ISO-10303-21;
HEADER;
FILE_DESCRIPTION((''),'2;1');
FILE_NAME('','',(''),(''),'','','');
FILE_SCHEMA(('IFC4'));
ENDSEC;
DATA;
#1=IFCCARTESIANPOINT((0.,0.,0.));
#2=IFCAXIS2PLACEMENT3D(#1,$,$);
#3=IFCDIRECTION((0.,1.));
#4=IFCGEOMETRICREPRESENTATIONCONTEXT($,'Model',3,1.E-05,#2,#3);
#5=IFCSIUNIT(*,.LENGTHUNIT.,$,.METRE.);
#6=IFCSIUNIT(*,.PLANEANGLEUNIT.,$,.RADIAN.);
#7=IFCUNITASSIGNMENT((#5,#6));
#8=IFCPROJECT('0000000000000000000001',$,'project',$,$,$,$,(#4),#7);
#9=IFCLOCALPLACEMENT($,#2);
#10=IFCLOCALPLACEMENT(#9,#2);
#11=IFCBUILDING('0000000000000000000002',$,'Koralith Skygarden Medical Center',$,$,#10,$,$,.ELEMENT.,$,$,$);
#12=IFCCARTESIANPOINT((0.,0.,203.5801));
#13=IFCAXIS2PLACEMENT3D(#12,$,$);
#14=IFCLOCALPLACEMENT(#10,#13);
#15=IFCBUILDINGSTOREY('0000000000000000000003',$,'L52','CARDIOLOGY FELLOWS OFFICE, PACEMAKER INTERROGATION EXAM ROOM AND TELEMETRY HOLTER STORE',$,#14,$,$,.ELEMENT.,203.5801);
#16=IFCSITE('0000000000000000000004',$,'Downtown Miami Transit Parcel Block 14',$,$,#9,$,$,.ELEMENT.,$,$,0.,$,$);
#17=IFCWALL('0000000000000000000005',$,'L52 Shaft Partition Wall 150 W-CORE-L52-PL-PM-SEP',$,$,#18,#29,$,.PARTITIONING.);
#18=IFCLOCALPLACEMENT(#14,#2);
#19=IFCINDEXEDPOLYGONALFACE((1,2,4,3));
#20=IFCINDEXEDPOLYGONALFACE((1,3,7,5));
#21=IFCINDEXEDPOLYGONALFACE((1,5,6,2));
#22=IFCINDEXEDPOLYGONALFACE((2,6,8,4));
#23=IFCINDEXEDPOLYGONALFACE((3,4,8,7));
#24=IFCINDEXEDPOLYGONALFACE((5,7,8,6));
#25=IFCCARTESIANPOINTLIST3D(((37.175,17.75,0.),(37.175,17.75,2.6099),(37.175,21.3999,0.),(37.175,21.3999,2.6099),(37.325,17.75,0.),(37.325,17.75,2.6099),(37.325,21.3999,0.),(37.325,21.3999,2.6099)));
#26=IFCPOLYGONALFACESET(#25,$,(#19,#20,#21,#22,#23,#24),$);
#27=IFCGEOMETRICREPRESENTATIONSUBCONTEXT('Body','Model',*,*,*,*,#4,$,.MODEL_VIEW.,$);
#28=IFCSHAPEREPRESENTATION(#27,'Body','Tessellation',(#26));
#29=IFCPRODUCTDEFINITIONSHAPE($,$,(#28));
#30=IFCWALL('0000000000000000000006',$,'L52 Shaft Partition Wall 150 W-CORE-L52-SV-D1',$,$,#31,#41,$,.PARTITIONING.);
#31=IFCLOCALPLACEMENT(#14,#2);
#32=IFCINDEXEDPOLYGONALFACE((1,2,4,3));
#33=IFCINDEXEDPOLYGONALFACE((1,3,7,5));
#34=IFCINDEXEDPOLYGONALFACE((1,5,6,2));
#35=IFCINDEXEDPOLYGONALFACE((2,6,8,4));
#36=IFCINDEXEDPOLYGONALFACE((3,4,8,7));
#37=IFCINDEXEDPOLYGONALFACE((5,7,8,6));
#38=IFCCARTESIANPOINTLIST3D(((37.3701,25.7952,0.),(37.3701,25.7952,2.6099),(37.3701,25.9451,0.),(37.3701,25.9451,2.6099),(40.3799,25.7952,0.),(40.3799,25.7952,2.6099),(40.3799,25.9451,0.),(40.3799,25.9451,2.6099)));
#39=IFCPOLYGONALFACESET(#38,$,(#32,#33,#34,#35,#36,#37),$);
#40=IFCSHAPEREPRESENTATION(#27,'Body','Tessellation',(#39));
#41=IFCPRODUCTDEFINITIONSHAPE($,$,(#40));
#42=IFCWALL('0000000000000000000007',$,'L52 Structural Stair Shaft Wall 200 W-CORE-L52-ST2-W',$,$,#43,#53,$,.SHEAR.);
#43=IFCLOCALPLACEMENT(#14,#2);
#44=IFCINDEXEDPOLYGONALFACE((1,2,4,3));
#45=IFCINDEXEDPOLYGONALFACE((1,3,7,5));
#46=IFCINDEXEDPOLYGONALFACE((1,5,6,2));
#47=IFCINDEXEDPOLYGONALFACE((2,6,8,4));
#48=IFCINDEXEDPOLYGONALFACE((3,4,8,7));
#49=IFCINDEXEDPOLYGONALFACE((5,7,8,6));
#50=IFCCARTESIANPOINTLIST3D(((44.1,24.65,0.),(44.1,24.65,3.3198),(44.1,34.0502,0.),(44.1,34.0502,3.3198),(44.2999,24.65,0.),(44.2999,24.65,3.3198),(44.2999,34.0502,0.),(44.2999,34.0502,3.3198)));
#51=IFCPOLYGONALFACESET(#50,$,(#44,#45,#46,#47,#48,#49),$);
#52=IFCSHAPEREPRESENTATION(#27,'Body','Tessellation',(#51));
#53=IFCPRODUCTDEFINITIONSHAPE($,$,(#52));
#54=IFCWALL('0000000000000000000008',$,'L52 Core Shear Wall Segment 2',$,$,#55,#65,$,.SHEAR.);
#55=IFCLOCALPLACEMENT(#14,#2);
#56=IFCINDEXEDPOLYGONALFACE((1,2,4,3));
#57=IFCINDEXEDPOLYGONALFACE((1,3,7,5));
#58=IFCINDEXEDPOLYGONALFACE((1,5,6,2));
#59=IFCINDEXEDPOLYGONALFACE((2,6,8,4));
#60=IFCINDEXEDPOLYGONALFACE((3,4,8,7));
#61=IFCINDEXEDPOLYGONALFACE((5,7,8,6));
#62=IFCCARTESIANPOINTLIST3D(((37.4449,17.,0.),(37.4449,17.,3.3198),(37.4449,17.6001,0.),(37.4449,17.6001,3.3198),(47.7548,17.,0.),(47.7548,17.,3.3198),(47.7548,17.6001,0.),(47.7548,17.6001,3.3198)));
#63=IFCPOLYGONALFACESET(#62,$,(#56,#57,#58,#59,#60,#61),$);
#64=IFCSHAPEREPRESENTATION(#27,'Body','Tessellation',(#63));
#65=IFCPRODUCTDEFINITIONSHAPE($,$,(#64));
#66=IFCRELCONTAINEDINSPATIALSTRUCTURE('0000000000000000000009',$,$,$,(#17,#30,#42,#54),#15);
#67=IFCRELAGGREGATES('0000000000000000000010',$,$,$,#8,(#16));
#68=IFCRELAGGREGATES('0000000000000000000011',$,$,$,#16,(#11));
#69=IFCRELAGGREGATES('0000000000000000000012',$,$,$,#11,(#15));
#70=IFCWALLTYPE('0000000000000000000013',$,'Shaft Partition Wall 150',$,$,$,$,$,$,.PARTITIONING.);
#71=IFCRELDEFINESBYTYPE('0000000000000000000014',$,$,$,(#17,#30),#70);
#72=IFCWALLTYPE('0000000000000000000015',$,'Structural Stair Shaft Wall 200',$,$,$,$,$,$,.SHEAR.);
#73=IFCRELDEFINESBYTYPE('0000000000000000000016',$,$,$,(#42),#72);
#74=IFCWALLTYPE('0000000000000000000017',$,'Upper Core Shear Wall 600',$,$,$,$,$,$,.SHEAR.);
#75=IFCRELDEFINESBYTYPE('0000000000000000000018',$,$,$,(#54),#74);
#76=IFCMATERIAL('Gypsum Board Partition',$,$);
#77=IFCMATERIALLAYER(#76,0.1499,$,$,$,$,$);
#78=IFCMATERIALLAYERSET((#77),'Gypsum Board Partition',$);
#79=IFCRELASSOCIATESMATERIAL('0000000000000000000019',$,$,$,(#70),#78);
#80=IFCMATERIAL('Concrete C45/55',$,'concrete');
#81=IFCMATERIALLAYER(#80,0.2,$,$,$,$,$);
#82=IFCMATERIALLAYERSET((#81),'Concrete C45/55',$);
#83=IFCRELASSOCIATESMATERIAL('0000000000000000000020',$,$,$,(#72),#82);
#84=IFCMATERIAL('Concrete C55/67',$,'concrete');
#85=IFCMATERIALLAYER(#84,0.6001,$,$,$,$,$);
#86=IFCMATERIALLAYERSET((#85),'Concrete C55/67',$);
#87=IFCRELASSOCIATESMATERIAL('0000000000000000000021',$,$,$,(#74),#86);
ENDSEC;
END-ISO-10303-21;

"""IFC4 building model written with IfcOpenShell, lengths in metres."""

from ifc_helpers import new_model, si_unit, direction, frame, frame_2d, origin, place, context, subcontext, project, spatial, rectangle, extrude, material, layer, layer_set, type_object, element, save


model = new_model("IFC4")

# Units and contexts
model_context = context("Model", 3, precision=1e-05, world=origin(), true_north=direction((0.0, 1.0)))
body_context = subcontext(model_context, "Body", "Model", "MODEL_VIEW")
ifc_project = project(units=[si_unit("LENGTHUNIT", "METRE"), si_unit("PLANEANGLEUNIT", "RADIAN")], contexts=[model_context])

# Site, building, storey
site_placement = place(None, origin())
site = spatial("IfcSite", under=ifc_project, at=site_placement, Name="Downtown Miami Transit Parcel Block 14", CompositionType="ELEMENT", RefElevation=0.0)
building_placement = place(site_placement, origin())
building = spatial("IfcBuilding", under=site, at=building_placement, Name="Koralith Skygarden Medical Center", CompositionType="ELEMENT")
storey_placement = place(building_placement, frame((0.0, 0.0, 203.5801)))
storey = spatial("IfcBuildingStorey", under=building, at=storey_placement, Name="L52", Description="CARDIOLOGY FELLOWS OFFICE, PACEMAKER INTERROGATION EXAM ROOM AND TELEMETRY HOLTER STORE", CompositionType="ELEMENT", Elevation=203.5801)

# Shared definitions
ifc_material_1 = material(Name="Concrete C55/67", Category="concrete")

# Shared definitions
ifc_material_2 = material(Name="Concrete C45/55", Category="concrete")

# Shared definitions
ifc_material_3 = material(Name="Gypsum Board Partition")

# Walls
ifc_layer_1 = layer(ifc_material_3, 0.1499)
ifc_layer_set_1 = layer_set([ifc_layer_1], Name="Gypsum Board Partition")
wall_type_1 = type_object("IfcWallType", Name="Shaft Partition Wall 150", PredefinedType="PARTITIONING", material=ifc_layer_set_1)
wall_1_placement = place(storey_placement, frame((37.25, 17.75, 0.0), z_axis=(0.0, 0.0, 1.0), x_axis=(0.0, 1.0, 0.0)))
element("IfcWall", 1, at=wall_1_placement, inside=storey, type_object=wall_type_1, Name="L52 Shaft Partition Wall 150 W-CORE-L52-PL-PM-SEP", PredefinedType="PARTITIONING", context=body_context, shape_type="SweptSolid", body=[
    extrude(rectangle(XDim=3.6499, YDim=0.1499, at=frame_2d((1.825, 0.0))), origin(), (0.0, 0.0, 1.0), 2.6099),
])
wall_2_placement = place(storey_placement, frame((37.3701, 25.8701, 0.0), z_axis=(0.0, 0.0, 1.0), x_axis=(1.0, 0.0, 0.0)))
element("IfcWall", 2, at=wall_2_placement, inside=storey, type_object=wall_type_1, Name="L52 Shaft Partition Wall 150 W-CORE-L52-SV-D1", PredefinedType="PARTITIONING", context=body_context, shape_type="SweptSolid", body=[
    extrude(rectangle(XDim=3.0098, YDim=0.1499, at=frame_2d((1.5049, 0.0))), origin(), (0.0, 0.0, 1.0), 2.6099),
])
ifc_layer_2 = layer(ifc_material_2, 0.2)
ifc_layer_set_2 = layer_set([ifc_layer_2], Name="Concrete C45/55")
wall_type_2 = type_object("IfcWallType", Name="Structural Stair Shaft Wall 200", PredefinedType="SHEAR", material=ifc_layer_set_2)
wall_3_placement = place(storey_placement, frame((44.2, 24.6499, 0.0), z_axis=(0.0, 0.0, 1.0), x_axis=(0.0, 1.0, 0.0)))
element("IfcWall", 3, at=wall_3_placement, inside=storey, type_object=wall_type_2, Name="L52 Structural Stair Shaft Wall 200 W-CORE-L52-ST2-W", PredefinedType="SHEAR", context=body_context, shape_type="SweptSolid", body=[
    extrude(rectangle(XDim=9.4001, YDim=0.2, at=frame_2d((4.7002, 0.0))), origin(), (0.0, 0.0, 1.0), 3.3198),
])

# Wall
ifc_layer_3 = layer(ifc_material_1, 0.6001)
ifc_layer_set_3 = layer_set([ifc_layer_3], Name="Concrete C55/67")
wall_type_3 = type_object("IfcWallType", Name="Upper Core Shear Wall 600", PredefinedType="SHEAR", material=ifc_layer_set_3)
wall_4_placement = place(storey_placement, frame((37.4451, 17.3, 0.0), z_axis=(0.0, 0.0, 1.0), x_axis=(1.0, 0.0, 0.0)))
element("IfcWall", 4, at=wall_4_placement, inside=storey, type_object=wall_type_3, Name="L52 Core Shear Wall Segment 2", PredefinedType="SHEAR", context=body_context, shape_type="SweptSolid", body=[
    extrude(rectangle(XDim=10.3098, YDim=0.6001, at=frame_2d((5.1548, 0.0))), origin(), (0.0, 0.0, 1.0), 3.3198),
])

save(model, "model.ifc")
